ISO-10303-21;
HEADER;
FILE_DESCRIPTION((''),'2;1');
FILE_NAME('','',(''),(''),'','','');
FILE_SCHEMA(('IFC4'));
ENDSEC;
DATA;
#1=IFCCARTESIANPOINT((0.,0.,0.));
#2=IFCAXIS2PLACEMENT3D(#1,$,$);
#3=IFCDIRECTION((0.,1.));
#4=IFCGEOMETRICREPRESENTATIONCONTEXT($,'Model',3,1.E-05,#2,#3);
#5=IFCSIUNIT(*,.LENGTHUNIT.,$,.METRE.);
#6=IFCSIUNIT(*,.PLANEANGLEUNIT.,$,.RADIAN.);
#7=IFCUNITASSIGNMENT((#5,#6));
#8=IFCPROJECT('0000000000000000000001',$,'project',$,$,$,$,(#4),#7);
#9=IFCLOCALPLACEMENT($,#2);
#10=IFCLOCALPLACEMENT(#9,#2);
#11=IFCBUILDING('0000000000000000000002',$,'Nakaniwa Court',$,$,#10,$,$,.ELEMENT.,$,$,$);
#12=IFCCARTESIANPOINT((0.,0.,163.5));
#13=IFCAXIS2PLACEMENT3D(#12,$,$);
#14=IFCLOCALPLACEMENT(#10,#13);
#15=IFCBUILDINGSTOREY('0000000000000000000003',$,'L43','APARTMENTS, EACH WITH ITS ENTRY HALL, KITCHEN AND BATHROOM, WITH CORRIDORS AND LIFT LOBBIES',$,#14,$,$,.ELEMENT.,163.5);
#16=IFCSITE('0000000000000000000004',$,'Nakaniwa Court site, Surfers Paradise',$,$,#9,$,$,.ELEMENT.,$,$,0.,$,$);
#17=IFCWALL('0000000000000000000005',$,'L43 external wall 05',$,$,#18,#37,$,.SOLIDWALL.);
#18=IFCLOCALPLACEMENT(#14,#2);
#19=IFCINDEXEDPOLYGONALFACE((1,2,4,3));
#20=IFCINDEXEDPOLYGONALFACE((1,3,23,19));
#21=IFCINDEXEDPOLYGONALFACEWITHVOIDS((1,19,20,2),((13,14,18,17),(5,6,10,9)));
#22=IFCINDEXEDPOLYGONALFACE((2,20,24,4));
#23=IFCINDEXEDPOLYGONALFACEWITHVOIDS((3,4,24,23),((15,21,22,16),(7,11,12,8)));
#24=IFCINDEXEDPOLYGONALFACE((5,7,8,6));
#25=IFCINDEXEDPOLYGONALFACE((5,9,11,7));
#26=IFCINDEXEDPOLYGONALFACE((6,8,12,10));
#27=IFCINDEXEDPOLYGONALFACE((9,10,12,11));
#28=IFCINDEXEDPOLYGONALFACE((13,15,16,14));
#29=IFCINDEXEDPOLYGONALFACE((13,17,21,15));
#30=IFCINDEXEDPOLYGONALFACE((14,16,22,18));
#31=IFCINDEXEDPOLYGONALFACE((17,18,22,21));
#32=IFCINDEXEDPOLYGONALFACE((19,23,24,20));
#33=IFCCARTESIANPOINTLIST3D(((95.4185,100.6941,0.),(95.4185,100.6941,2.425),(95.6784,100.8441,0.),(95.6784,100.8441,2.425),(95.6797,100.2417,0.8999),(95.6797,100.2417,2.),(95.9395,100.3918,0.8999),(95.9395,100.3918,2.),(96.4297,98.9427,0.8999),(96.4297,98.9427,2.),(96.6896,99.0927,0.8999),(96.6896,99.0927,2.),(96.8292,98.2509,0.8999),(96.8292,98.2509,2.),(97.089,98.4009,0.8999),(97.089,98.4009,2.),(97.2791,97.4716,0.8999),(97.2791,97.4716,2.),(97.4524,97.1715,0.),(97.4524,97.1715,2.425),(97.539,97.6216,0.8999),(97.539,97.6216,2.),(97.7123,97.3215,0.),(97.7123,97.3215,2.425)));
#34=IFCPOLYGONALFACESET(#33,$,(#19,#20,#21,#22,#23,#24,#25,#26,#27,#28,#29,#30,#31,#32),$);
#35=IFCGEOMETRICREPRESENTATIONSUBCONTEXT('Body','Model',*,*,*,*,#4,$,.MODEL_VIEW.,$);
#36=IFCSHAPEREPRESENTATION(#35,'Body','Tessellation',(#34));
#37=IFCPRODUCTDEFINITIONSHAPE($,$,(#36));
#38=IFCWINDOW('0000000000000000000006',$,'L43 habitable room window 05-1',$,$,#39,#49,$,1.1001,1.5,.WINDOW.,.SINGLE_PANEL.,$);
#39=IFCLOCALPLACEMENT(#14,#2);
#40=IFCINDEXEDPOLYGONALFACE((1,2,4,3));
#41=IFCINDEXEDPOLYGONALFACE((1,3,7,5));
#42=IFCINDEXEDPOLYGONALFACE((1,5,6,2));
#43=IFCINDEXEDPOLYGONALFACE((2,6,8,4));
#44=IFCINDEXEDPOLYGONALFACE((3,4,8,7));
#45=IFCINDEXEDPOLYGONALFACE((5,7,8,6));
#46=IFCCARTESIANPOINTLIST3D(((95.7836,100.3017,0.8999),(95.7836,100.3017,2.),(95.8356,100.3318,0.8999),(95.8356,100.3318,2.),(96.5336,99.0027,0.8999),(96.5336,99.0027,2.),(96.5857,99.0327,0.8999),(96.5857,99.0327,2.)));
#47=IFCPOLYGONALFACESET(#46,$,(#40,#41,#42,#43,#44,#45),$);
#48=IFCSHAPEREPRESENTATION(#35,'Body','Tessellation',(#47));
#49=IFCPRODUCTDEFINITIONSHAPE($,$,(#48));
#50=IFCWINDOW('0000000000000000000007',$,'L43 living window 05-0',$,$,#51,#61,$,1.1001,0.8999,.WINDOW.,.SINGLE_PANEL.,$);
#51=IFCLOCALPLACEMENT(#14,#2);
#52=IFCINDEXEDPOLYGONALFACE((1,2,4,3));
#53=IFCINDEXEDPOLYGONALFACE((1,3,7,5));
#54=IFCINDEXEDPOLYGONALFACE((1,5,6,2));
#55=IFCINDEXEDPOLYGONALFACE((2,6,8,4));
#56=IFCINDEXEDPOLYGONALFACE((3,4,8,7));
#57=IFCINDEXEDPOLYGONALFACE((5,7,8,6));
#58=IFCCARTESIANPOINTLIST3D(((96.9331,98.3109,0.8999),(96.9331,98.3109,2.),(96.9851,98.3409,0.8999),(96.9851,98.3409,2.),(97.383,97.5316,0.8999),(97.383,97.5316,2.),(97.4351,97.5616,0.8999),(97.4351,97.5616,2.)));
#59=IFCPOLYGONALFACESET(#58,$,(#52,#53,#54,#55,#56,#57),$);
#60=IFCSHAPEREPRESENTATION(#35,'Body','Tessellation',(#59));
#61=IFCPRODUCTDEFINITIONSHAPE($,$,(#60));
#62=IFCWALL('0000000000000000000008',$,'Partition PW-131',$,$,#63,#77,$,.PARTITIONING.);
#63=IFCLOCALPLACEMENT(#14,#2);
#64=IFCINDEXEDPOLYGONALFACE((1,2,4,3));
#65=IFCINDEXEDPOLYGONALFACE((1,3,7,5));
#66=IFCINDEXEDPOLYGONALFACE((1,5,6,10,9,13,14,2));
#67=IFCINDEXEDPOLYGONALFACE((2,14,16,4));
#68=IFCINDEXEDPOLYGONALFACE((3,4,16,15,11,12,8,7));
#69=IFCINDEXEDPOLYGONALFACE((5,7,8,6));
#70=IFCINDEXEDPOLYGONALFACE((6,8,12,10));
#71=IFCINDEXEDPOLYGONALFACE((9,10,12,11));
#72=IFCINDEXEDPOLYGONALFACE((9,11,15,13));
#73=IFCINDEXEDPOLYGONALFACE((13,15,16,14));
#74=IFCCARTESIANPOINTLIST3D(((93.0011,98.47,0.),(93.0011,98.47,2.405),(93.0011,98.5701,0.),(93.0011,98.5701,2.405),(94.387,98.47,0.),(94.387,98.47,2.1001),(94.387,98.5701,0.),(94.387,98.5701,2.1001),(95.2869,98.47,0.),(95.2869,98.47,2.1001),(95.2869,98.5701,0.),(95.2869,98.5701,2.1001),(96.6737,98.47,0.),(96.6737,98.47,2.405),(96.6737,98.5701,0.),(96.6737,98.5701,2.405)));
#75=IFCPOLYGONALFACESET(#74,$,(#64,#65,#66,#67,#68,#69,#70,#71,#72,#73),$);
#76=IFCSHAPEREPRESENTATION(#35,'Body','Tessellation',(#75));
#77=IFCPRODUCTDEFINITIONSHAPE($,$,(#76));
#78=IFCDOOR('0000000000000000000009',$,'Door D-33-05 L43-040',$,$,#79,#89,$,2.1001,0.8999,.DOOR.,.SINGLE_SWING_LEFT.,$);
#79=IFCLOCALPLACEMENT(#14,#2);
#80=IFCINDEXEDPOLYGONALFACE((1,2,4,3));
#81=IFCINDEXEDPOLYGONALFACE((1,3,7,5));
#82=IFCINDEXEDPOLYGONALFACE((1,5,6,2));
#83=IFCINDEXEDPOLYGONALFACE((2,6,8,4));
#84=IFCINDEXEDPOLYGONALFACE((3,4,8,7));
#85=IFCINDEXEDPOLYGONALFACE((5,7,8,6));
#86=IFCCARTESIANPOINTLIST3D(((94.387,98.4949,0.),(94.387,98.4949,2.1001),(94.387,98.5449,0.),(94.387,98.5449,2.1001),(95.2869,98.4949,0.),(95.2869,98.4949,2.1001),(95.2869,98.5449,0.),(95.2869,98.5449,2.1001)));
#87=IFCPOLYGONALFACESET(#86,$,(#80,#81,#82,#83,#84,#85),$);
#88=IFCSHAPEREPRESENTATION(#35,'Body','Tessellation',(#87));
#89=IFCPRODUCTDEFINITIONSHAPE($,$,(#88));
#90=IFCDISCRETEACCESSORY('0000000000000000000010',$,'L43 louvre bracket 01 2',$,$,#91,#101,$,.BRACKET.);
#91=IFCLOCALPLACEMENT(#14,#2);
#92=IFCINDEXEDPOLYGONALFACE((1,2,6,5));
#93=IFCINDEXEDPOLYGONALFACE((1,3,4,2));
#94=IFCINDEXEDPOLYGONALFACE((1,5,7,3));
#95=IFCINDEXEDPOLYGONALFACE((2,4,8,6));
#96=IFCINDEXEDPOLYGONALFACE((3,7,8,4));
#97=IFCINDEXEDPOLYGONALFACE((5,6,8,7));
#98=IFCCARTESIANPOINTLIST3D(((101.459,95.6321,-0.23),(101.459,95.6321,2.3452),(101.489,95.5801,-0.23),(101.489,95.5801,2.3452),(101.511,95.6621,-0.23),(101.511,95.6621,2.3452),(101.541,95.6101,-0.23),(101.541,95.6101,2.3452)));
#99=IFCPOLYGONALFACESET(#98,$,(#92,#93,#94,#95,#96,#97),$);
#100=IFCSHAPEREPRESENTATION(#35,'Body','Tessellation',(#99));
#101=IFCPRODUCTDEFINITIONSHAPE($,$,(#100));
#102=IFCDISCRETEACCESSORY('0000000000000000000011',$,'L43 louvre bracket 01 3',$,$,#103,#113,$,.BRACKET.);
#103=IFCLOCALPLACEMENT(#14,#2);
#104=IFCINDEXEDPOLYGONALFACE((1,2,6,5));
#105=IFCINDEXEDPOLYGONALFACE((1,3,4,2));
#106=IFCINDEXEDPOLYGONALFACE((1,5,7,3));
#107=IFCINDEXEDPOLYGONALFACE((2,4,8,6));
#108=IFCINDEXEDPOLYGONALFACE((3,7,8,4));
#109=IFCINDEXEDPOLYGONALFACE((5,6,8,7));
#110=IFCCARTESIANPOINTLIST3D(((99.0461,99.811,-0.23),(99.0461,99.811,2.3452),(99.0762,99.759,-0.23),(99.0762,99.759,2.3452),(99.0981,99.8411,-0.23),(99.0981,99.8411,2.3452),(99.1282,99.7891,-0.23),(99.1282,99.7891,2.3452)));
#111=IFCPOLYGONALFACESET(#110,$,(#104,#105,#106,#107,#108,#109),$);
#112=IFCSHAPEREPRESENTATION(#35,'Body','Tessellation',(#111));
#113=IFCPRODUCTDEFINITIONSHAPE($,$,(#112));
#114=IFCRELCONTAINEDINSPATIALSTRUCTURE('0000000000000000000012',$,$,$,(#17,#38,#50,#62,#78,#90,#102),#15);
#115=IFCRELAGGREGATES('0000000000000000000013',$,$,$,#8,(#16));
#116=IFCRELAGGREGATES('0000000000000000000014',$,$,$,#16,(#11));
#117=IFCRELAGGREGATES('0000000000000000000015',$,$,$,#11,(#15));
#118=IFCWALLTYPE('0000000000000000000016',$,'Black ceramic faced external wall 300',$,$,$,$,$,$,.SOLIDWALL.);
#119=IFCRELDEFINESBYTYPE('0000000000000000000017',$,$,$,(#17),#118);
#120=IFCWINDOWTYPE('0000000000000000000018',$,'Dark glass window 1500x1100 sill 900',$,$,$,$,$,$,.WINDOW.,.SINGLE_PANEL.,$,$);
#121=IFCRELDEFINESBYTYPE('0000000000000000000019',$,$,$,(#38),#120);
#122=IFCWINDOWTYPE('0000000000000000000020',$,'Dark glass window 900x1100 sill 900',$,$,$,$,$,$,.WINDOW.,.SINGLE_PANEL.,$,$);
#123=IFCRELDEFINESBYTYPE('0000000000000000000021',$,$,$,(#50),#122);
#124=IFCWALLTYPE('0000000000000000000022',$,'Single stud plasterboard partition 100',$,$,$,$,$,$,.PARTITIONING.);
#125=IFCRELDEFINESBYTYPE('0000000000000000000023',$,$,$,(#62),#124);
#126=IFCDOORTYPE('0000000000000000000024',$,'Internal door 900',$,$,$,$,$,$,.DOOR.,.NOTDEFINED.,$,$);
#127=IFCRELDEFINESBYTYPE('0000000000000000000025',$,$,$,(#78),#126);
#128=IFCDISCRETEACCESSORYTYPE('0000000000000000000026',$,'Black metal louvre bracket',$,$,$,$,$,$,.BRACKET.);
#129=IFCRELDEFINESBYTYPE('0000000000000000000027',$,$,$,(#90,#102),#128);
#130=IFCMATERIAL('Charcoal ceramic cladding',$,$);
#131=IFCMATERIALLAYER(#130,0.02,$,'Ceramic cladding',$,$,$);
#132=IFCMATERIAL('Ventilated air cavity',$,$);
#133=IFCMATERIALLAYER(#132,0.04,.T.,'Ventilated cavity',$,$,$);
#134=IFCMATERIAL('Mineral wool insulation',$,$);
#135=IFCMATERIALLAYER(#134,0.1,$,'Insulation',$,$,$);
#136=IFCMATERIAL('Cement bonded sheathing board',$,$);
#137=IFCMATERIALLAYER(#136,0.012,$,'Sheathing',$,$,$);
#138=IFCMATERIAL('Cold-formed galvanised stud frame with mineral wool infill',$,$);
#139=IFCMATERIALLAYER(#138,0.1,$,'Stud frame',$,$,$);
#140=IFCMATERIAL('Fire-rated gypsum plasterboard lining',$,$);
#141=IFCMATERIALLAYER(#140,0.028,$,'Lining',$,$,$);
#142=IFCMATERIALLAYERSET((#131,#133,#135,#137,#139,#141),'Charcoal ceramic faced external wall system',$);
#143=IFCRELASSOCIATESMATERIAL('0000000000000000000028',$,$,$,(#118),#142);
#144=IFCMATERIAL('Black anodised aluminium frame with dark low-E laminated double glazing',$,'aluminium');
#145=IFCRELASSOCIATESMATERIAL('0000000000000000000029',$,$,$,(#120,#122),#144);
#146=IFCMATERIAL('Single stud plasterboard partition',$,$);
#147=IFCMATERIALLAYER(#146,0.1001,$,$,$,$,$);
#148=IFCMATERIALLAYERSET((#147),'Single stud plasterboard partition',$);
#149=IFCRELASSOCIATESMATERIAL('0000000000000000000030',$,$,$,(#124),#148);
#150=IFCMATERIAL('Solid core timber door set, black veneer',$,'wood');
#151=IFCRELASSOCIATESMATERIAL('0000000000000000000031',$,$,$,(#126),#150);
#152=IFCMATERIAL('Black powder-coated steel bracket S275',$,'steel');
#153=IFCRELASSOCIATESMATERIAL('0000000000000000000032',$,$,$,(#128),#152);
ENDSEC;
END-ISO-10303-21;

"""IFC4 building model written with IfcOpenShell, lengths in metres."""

from ifc_helpers import new_model, si_unit, direction, frame, frame_2d, origin, origin_2d, place, context, subcontext, project, spatial, rectangle, extrude, material, layer, layer_set, type_object, element, fill, save


model = new_model("IFC4")

# Units and contexts
model_context = context("Model", 3, precision=1e-05, world=origin(), true_north=direction((0.0, 1.0)))
body_context = subcontext(model_context, "Body", "Model", "MODEL_VIEW")
ifc_project = project(units=[si_unit("LENGTHUNIT", "METRE"), si_unit("PLANEANGLEUNIT", "RADIAN")], contexts=[model_context])

# Site, building, storey
site_placement = place(None, origin())
site = spatial("IfcSite", under=ifc_project, at=site_placement, Name="Nakaniwa Court site, Surfers Paradise", CompositionType="ELEMENT", RefElevation=0.0)
building_placement = place(site_placement, origin())
building = spatial("IfcBuilding", under=site, at=building_placement, Name="Nakaniwa Court", CompositionType="ELEMENT")
storey_placement = place(building_placement, frame((0.0, 0.0, 163.5)))
storey = spatial("IfcBuildingStorey", under=building, at=storey_placement, Name="L43", Description="APARTMENTS, EACH WITH ITS ENTRY HALL, KITCHEN AND BATHROOM, WITH CORRIDORS AND LIFT LOBBIES", CompositionType="ELEMENT", Elevation=163.5)

# Shared definitions
ifc_material_1 = material(Name="Solid core timber door set, black veneer", Category="wood")

# Shared definitions
ifc_material_2 = material(Name="Charcoal ceramic cladding")
ifc_layer_1 = layer(ifc_material_2, 0.02, Name="Ceramic cladding")
ifc_material_3 = material(Name="Ventilated air cavity")
ifc_layer_2 = layer(ifc_material_3, 0.04, ventilated=True, Name="Ventilated cavity")
ifc_material_4 = material(Name="Mineral wool insulation")
ifc_layer_3 = layer(ifc_material_4, 0.1, Name="Insulation")
ifc_material_5 = material(Name="Cement bonded sheathing board")
ifc_layer_4 = layer(ifc_material_5, 0.012, Name="Sheathing")
ifc_material_6 = material(Name="Cold-formed galvanised stud frame with mineral wool infill")
ifc_layer_5 = layer(ifc_material_6, 0.1, Name="Stud frame")
ifc_material_7 = material(Name="Fire-rated gypsum plasterboard lining")
ifc_layer_6 = layer(ifc_material_7, 0.028, Name="Lining")
ifc_layer_set_1 = layer_set([ifc_layer_1, ifc_layer_2, ifc_layer_3, ifc_layer_4, ifc_layer_5, ifc_layer_6], Name="Charcoal ceramic faced external wall system")
wall_type_1 = type_object("IfcWallType", Name="Black ceramic faced external wall 300", PredefinedType="SOLIDWALL", material=ifc_layer_set_1)

# Wall, openings, windows
wall_1_placement = place(storey_placement, frame((97.5823, 97.2466, 0.0), z_axis=(0.0, 0.0, 1.0), x_axis=(-0.500019, 0.866015, 0.0)))
wall_1 = element("IfcWall", 1, at=wall_1_placement, inside=storey, type_object=wall_type_1, Name="L43 external wall 05", PredefinedType="SOLIDWALL", context=body_context, shape_type="SweptSolid", body=[
    extrude(rectangle(XDim=4.0676, YDim=0.3, at=frame_2d((2.0337, 0.0))), origin(), (0.0, 0.0, 1.0), 2.425),
])
opening_1_placement = place(wall_1_placement, frame((0.3464, 0.0, 0.8999)))
opening_1 = element("IfcOpeningElement", 2, at=opening_1_placement, cuts=wall_1, PredefinedType="OPENING", context=body_context, shape_type="SweptSolid", body=[
    extrude(rectangle(XDim=0.8999, YDim=1.1001, at=frame_2d((0.45, 0.55))), frame((0.0, 0.1599, 0.0), z_axis=(0.0, -1.0, 0.0), x_axis=(1.0, 0.0, 0.0)), (0.0, 0.0, 1.0), 0.3201),
])
opening_2_placement = place(wall_1_placement, frame((2.0452, 0.0, 0.8999)))
opening_2 = element("IfcOpeningElement", 3, at=opening_2_placement, cuts=wall_1, PredefinedType="OPENING", context=body_context, shape_type="SweptSolid", body=[
    extrude(rectangle(XDim=1.5, YDim=1.1001, at=frame_2d((0.75, 0.55))), frame((0.0, 0.1599, 0.0), z_axis=(0.0, -1.0, 0.0), x_axis=(1.0, 0.0, 0.0)), (0.0, 0.0, 1.0), 0.3201),
])
ifc_material_8 = material(Name="Black anodised aluminium frame with dark low-E laminated double glazing", Category="aluminium")
window_type_1 = type_object("IfcWindowType", Name="Dark glass window 1500x1100 sill 900", PartitioningType="SINGLE_PANEL", PredefinedType="WINDOW", material=ifc_material_8)
window_1_placement = place(opening_2_placement, origin())
window_1 = element("IfcWindow", 4, at=window_1_placement, inside=storey, type_object=window_type_1, Name="L43 habitable room window 05-1", OverallHeight=1.1001, OverallWidth=1.5, PartitioningType="SINGLE_PANEL", PredefinedType="WINDOW", context=body_context, shape_type="SweptSolid", body=[
    extrude(rectangle(XDim=1.5, YDim=1.1001, at=frame_2d((0.75, 0.55))), frame((0.0, 0.03, 0.0), z_axis=(0.0, -1.0, 0.0), x_axis=(1.0, 0.0, 0.0)), (0.0, 0.0, 1.0), 0.0601),
])
fill(opening_2, window_1)
window_type_2 = type_object("IfcWindowType", Name="Dark glass window 900x1100 sill 900", PartitioningType="SINGLE_PANEL", PredefinedType="WINDOW", material=ifc_material_8)
window_2_placement = place(opening_1_placement, origin())
window_2 = element("IfcWindow", 5, at=window_2_placement, inside=storey, type_object=window_type_2, Name="L43 living window 05-0", OverallHeight=1.1001, OverallWidth=0.8999, PartitioningType="SINGLE_PANEL", PredefinedType="WINDOW", context=body_context, shape_type="SweptSolid", body=[
    extrude(rectangle(XDim=0.8999, YDim=1.1001, at=frame_2d((0.45, 0.55))), frame((0.0, 0.03, 0.0), z_axis=(0.0, -1.0, 0.0), x_axis=(1.0, 0.0, 0.0)), (0.0, 0.0, 1.0), 0.0601),
])
fill(opening_1, window_2)

# Wall, opening, door
ifc_material_9 = material(Name="Single stud plasterboard partition")
ifc_layer_7 = layer(ifc_material_9, 0.1001)
ifc_layer_set_2 = layer_set([ifc_layer_7], Name="Single stud plasterboard partition")
wall_type_2 = type_object("IfcWallType", Name="Single stud plasterboard partition 100", PredefinedType="PARTITIONING", material=ifc_layer_set_2)
wall_2_placement = place(storey_placement, frame((93.001, 98.52, 0.0), z_axis=(0.0, 0.0, 1.0), x_axis=(1.0, 0.0, 0.0)))
wall_2 = element("IfcWall", 6, at=wall_2_placement, inside=storey, type_object=wall_type_2, Name="Partition PW-131", PredefinedType="PARTITIONING", context=body_context, shape_type="SweptSolid", body=[
    extrude(rectangle(XDim=3.6726, YDim=0.1001, at=frame_2d((1.8364, 0.0))), origin(), (0.0, 0.0, 1.0), 2.405),
])
opening_3_placement = place(wall_2_placement, frame((1.386, 0.0, 0.0)))
opening_3 = element("IfcOpeningElement", 7, at=opening_3_placement, cuts=wall_2, PredefinedType="OPENING", context=body_context, shape_type="SweptSolid", body=[
    extrude(rectangle(XDim=0.8999, YDim=2.1001, at=frame_2d((0.45, 1.05))), frame((0.0, 0.0601, 0.0), z_axis=(0.0, -1.0, 0.0), x_axis=(1.0, 0.0, 0.0)), (0.0, 0.0, 1.0), 0.1201),
])
door_type_1 = type_object("IfcDoorType", Name="Internal door 900", OperationType="NOTDEFINED", PredefinedType="DOOR", material=ifc_material_1)
door_1_placement = place(opening_3_placement, origin())
door_1 = element("IfcDoor", 8, at=door_1_placement, inside=storey, type_object=door_type_1, Name="Door D-33-05 L43-040", OperationType="SINGLE_SWING_LEFT", OverallHeight=2.1001, OverallWidth=0.8999, PredefinedType="DOOR", context=body_context, shape_type="SweptSolid", body=[
    extrude(rectangle(XDim=0.8999, YDim=2.1001, at=frame_2d((0.45, 1.05))), frame((0.0, 0.0249, 0.0), z_axis=(0.0, -1.0, 0.0), x_axis=(1.0, 0.0, 0.0)), (0.0, 0.0, 1.0), 0.05),
])
fill(opening_3, door_1)

# Discrete accessories
ifc_material_10 = material(Name="Black powder-coated steel bracket S275", Category="steel")
discrete_accessory_type = type_object("IfcDiscreteAccessoryType", Name="Black metal louvre bracket", PredefinedType="BRACKET", material=ifc_material_10)
for number, where, z_axis, x_axis, name in (
    (9, (101.5, 95.6211, -0.23), (0.0, 0.0, 1.0), (-0.500005, 0.866023, 0.0), "L43 louvre bracket 01 2"),
    (10, (99.0872, 99.8, -0.23), (0.0, 0.0, 1.0), (-0.500005, 0.866023, 0.0), "L43 louvre bracket 01 3"),
):
    element("IfcDiscreteAccessory", number, at=place(storey_placement, frame(where, z_axis=z_axis, x_axis=x_axis)), inside=storey, type_object=discrete_accessory_type, Name=name, PredefinedType="BRACKET", context=body_context, shape_type="SweptSolid", body=[
        extrude(rectangle(XDim=0.0601, YDim=0.0601, at=origin_2d()), origin(), (0.0, 0.0, 1.0), 2.5752),
    ])

save(model, "model.ifc")
